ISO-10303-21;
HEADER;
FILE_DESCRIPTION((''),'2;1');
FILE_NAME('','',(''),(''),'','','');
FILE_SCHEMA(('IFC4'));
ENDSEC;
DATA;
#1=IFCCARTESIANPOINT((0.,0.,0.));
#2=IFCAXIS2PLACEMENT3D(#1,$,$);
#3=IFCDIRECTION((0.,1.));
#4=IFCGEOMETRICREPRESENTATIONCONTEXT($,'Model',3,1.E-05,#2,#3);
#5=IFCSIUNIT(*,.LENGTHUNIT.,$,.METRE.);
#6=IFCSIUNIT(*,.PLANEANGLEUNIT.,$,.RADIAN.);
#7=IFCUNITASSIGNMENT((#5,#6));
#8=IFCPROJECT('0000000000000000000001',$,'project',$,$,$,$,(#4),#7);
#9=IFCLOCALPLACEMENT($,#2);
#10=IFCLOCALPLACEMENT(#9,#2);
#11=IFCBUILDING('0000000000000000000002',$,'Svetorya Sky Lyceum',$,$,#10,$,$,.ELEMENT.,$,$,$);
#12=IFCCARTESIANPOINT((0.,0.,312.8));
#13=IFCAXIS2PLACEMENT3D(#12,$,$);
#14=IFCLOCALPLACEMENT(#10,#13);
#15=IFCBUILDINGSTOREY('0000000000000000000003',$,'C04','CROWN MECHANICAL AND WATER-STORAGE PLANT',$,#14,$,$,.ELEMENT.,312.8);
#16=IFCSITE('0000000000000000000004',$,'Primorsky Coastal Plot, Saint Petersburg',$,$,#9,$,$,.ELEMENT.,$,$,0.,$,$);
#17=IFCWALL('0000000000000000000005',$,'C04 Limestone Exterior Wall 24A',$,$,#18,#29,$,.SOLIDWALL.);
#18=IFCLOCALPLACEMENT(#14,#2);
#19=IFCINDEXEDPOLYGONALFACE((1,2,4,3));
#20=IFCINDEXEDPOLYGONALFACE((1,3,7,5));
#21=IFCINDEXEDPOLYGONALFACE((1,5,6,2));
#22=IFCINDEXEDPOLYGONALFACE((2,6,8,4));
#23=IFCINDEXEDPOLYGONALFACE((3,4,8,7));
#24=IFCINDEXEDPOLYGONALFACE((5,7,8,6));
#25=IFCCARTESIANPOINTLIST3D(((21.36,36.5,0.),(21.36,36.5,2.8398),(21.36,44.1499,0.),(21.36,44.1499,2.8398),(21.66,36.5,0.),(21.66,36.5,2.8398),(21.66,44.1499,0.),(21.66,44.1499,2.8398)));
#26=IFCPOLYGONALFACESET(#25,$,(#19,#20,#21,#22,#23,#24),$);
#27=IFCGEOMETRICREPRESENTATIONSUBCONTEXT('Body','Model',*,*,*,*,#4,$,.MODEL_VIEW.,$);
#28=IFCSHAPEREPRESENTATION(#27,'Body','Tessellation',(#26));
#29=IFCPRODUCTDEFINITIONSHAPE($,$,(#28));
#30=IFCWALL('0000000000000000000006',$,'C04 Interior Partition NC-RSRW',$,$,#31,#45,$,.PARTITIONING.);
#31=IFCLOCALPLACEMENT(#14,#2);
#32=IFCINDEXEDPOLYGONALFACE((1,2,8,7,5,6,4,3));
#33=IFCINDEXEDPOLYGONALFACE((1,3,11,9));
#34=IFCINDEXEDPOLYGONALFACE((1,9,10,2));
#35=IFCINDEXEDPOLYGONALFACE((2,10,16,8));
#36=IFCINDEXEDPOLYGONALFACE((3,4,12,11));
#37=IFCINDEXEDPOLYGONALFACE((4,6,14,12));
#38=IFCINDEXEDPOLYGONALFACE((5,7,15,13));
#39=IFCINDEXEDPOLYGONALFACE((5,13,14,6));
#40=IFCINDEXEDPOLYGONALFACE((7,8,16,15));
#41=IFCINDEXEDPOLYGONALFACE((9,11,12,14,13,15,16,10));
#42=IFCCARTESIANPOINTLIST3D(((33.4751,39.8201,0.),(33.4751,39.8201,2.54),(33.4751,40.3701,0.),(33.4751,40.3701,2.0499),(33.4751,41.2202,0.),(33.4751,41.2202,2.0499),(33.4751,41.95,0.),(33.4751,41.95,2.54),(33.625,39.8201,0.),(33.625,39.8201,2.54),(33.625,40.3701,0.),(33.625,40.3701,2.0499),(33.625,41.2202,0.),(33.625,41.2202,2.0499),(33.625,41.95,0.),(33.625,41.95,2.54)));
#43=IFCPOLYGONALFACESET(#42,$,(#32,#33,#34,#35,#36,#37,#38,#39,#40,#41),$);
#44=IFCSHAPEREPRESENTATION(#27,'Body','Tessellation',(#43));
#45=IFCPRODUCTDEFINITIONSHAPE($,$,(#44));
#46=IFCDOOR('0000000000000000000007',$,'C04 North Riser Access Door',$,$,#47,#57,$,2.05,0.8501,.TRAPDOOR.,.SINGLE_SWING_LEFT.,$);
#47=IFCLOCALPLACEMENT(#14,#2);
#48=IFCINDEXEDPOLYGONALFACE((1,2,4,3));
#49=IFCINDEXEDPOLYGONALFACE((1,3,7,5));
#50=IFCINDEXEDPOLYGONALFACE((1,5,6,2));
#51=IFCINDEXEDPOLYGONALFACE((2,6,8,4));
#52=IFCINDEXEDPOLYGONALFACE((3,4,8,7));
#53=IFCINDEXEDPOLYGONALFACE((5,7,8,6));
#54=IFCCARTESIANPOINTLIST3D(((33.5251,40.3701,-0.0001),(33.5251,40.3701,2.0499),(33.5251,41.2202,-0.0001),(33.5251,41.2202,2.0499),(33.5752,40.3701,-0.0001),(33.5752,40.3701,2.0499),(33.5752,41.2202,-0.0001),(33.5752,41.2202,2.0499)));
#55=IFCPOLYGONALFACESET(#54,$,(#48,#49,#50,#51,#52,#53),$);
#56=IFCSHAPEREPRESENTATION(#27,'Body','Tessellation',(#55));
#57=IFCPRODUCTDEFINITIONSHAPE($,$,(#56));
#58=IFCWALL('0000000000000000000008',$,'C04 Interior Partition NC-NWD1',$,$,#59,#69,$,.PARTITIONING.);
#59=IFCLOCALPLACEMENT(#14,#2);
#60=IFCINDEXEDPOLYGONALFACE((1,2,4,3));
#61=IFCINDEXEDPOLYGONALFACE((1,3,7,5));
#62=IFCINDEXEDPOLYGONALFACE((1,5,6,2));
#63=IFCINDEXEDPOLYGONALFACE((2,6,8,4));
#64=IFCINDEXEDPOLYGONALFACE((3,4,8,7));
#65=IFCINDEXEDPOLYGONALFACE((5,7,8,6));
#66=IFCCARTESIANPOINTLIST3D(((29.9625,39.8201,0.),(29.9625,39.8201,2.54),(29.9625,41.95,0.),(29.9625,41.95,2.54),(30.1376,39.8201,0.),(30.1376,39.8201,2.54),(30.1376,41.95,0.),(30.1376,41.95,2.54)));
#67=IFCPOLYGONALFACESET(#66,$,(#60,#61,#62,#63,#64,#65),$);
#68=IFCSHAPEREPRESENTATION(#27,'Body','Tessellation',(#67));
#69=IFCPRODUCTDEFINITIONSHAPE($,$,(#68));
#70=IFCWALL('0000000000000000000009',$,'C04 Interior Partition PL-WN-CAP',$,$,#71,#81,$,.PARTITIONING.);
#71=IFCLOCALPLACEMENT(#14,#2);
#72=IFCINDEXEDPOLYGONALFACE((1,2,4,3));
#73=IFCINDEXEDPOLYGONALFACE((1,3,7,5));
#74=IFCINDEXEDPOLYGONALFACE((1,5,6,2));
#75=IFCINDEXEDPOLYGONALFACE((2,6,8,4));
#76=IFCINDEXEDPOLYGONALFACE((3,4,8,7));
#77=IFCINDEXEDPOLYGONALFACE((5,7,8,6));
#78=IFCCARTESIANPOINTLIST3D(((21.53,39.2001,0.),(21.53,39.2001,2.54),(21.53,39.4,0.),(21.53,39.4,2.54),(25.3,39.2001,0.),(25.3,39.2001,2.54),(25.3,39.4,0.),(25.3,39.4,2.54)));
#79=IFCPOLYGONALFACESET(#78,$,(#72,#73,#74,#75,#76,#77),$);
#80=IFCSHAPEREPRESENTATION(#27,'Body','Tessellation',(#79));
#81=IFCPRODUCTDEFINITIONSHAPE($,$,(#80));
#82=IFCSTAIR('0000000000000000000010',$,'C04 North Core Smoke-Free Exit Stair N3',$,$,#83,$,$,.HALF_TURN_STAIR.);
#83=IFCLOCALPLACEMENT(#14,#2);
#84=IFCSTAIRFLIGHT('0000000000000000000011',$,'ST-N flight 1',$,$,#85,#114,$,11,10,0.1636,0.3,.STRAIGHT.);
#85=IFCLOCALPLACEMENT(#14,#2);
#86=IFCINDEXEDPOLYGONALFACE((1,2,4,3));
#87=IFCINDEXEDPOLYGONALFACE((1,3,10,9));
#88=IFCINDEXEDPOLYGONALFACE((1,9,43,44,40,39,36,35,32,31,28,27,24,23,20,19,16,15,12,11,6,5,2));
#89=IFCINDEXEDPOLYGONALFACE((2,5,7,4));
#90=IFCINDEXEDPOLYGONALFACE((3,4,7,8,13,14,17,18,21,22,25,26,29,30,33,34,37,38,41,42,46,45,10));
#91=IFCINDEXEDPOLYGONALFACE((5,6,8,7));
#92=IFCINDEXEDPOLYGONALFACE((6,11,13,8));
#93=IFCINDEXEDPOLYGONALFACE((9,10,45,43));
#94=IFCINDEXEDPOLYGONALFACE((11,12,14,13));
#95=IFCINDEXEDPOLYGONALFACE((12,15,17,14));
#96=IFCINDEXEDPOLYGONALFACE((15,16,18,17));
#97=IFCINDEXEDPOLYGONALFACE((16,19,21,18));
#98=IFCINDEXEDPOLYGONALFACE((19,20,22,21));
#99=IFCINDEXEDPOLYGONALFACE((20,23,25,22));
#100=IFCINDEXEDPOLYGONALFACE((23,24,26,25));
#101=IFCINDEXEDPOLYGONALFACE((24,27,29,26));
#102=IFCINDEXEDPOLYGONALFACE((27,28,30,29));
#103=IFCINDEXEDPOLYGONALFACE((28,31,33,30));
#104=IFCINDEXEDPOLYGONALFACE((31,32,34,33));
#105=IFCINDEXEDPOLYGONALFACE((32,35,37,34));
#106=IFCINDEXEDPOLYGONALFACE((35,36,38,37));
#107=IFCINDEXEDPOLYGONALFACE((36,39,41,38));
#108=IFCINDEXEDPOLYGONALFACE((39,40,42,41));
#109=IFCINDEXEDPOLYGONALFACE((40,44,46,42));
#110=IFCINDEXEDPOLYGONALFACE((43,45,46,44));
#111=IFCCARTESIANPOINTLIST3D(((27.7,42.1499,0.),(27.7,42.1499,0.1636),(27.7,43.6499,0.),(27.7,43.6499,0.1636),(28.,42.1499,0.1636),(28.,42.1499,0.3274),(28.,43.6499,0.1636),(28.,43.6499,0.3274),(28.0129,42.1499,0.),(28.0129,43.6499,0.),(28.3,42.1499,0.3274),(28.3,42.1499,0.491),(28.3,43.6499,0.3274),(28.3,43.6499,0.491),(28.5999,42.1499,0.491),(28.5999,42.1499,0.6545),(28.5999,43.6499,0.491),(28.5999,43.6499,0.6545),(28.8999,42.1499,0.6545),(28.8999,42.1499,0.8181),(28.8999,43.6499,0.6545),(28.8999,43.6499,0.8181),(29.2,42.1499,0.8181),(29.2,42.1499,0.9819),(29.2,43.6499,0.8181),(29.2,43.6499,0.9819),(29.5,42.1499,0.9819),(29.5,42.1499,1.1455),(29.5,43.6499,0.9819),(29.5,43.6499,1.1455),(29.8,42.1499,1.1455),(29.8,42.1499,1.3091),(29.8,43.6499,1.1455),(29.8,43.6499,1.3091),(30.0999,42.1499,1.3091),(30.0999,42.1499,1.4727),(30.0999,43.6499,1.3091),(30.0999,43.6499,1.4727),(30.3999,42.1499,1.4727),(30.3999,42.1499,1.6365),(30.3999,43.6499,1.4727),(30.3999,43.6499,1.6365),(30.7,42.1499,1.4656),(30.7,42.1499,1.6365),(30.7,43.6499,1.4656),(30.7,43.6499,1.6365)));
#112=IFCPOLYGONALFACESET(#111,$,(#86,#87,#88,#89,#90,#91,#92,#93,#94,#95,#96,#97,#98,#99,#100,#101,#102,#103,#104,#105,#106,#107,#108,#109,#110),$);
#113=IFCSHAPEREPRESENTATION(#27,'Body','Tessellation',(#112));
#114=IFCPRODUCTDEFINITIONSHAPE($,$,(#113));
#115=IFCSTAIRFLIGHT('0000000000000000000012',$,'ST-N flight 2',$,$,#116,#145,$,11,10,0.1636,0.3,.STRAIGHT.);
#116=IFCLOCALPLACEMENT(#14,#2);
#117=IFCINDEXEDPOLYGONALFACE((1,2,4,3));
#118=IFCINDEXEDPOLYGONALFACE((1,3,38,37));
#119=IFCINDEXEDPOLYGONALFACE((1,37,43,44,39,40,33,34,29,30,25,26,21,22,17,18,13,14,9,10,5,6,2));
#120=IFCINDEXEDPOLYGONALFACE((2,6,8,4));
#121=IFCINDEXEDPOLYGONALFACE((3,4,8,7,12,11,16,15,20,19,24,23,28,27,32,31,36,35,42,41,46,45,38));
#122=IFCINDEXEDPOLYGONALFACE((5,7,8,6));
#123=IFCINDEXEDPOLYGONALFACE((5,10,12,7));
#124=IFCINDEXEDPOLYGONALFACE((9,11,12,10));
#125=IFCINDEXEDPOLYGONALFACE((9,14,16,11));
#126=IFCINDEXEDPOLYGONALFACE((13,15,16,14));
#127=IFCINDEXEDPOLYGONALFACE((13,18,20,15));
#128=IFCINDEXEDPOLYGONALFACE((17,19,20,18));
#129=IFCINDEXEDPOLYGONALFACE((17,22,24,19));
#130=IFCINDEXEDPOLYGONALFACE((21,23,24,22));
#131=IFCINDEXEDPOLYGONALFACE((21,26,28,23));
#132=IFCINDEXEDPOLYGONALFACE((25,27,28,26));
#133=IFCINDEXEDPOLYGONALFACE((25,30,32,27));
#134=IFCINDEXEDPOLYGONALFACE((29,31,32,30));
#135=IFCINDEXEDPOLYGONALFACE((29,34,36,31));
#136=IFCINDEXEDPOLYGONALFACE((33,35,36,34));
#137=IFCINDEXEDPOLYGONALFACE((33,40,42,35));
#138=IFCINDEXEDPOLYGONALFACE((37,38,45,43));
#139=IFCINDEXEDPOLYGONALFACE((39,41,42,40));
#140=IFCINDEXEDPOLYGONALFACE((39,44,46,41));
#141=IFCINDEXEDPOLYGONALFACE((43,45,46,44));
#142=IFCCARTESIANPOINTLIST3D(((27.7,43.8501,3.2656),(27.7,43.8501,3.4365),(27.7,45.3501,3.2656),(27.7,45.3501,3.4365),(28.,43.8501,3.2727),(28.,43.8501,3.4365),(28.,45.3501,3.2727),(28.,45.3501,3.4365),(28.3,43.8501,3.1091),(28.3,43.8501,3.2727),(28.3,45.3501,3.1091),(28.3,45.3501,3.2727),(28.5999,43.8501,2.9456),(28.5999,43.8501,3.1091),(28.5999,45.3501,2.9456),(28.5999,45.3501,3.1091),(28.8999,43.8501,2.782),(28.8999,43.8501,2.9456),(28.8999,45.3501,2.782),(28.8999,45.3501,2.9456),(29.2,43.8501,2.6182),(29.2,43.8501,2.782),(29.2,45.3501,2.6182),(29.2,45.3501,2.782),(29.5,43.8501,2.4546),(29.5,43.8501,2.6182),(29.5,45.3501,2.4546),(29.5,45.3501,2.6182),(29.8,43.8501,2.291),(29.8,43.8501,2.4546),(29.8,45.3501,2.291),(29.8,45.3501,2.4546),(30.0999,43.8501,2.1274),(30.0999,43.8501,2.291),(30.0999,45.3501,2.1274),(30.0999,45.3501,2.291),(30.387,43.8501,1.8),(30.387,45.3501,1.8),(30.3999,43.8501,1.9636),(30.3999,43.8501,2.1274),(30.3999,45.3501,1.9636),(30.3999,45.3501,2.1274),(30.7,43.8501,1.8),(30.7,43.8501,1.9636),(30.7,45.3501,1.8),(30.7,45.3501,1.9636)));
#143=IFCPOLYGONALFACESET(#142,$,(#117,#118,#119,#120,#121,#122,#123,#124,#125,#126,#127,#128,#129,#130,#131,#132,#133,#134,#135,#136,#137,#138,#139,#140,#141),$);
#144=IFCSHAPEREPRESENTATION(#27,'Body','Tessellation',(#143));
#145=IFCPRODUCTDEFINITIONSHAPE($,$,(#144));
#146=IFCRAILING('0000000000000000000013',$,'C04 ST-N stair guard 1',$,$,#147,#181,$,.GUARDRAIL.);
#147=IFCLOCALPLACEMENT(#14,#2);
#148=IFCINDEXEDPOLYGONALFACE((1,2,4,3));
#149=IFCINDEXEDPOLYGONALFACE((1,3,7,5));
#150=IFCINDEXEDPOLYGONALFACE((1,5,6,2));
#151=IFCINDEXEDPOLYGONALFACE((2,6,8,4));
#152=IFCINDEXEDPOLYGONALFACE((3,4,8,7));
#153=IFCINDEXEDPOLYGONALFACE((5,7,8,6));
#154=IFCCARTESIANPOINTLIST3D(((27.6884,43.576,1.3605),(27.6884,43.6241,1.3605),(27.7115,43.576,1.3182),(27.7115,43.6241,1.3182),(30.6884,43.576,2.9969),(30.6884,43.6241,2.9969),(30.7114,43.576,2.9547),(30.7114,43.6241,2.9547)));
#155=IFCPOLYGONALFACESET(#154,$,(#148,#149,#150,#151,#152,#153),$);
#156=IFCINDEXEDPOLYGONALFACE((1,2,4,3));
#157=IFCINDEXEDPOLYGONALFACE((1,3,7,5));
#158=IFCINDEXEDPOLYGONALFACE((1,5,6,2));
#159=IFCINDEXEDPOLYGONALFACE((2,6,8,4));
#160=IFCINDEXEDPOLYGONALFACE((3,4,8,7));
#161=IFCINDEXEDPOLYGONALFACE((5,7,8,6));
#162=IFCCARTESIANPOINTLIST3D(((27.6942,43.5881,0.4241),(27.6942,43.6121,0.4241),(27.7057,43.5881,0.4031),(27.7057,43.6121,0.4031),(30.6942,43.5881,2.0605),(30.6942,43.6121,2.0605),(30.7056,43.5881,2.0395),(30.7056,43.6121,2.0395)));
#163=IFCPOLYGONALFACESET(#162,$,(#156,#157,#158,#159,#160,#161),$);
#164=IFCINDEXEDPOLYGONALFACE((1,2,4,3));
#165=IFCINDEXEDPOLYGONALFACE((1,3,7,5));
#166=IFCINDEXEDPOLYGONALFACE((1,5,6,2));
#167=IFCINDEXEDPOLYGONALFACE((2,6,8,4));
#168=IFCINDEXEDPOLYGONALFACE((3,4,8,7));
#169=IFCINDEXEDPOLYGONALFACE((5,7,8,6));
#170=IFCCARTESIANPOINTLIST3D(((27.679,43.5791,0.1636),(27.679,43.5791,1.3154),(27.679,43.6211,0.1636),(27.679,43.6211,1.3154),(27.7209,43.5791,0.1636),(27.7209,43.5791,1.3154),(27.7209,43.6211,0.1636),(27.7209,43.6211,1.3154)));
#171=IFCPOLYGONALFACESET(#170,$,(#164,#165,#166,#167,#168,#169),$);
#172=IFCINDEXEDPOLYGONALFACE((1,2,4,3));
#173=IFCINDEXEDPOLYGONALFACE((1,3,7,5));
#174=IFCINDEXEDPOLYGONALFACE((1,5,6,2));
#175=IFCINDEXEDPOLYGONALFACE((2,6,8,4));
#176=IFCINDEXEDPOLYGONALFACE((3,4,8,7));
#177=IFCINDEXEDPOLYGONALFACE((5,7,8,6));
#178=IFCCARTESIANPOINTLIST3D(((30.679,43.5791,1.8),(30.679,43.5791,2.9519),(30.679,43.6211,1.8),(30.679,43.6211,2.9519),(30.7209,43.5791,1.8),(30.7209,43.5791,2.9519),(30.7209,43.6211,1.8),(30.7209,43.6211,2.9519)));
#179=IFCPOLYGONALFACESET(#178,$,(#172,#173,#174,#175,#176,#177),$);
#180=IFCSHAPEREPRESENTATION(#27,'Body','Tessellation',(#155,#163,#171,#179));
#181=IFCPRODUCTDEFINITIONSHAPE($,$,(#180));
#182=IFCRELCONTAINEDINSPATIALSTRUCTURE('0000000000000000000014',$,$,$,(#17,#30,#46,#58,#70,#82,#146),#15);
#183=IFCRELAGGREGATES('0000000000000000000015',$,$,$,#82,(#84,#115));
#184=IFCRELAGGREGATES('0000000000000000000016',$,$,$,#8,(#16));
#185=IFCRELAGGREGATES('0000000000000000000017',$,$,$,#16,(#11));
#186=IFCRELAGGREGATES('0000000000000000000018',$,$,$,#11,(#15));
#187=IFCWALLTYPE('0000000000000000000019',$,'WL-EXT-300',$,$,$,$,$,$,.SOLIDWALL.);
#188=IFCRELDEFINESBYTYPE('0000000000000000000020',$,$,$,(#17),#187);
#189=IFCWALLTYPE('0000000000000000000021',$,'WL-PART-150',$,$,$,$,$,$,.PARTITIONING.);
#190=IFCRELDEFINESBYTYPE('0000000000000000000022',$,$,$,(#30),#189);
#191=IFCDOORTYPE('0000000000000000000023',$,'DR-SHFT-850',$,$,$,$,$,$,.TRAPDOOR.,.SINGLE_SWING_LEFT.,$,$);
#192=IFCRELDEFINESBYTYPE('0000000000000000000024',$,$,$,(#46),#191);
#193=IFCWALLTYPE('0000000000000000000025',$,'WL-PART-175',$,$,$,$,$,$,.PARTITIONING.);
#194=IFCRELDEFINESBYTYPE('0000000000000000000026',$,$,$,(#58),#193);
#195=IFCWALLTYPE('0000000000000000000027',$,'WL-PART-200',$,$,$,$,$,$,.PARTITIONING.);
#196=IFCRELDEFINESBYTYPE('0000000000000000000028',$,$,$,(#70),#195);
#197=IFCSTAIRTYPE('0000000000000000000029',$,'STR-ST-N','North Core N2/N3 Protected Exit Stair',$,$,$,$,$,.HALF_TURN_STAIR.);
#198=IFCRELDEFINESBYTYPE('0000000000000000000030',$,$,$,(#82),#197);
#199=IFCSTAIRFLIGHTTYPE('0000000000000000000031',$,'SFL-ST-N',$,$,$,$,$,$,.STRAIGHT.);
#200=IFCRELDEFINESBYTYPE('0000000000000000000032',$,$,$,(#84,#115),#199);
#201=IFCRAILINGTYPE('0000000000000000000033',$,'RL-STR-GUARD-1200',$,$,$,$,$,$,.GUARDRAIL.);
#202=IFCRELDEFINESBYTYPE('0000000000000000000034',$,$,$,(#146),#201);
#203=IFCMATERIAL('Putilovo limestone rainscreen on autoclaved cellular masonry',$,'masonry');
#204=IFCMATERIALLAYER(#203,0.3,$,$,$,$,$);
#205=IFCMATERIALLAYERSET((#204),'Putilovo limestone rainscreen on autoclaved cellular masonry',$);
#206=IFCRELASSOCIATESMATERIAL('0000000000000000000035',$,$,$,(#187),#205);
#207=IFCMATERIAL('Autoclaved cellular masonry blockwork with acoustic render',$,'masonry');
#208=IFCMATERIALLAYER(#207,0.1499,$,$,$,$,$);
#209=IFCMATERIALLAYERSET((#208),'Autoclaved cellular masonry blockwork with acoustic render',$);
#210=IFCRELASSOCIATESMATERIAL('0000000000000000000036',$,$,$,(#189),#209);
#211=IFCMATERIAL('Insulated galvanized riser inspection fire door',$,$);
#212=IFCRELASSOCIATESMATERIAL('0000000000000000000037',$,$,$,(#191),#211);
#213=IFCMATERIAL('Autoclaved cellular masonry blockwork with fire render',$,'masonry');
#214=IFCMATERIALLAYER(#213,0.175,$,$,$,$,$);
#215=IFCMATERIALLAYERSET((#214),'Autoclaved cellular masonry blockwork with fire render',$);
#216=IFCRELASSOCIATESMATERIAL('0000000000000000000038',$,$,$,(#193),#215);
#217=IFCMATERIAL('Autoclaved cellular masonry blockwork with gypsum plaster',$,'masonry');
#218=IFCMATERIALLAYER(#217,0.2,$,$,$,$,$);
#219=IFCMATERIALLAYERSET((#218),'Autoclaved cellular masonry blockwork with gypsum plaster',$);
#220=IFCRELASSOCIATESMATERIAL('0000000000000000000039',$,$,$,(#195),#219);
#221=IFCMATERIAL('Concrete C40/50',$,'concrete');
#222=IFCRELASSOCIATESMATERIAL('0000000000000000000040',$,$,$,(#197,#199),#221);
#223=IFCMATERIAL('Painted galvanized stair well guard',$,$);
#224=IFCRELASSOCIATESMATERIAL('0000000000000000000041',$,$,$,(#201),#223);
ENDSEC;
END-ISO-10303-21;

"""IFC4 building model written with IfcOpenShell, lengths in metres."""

from ifc_helpers import new_model, si_unit, direction, frame, frame_2d, origin, origin_2d, place, context, subcontext, project, spatial, polyline, rectangle, outline, extrude, material, layer, layer_set, type_object, element, fill, aggregate, save


model = new_model("IFC4")

# Units and contexts
model_context = context("Model", 3, precision=1e-05, world=origin(), true_north=direction((0.0, 1.0)))
body_context = subcontext(model_context, "Body", "Model", "MODEL_VIEW")
ifc_project = project(units=[si_unit("LENGTHUNIT", "METRE"), si_unit("PLANEANGLEUNIT", "RADIAN")], contexts=[model_context])

# Site, building, storey
site_placement = place(None, origin())
site = spatial("IfcSite", under=ifc_project, at=site_placement, Name="Primorsky Coastal Plot, Saint Petersburg", CompositionType="ELEMENT", RefElevation=0.0)
building_placement = place(site_placement, origin())
building = spatial("IfcBuilding", under=site, at=building_placement, Name="Svetorya Sky Lyceum", CompositionType="ELEMENT")
storey_placement = place(building_placement, frame((0.0, 0.0, 312.8)))
storey = spatial("IfcBuildingStorey", under=building, at=storey_placement, Name="C04", Description="CROWN MECHANICAL AND WATER-STORAGE PLANT", CompositionType="ELEMENT", Elevation=312.8)

# Shared definitions
ifc_material_1 = material(Name="Concrete C40/50", Category="concrete")

# Wall
ifc_material_2 = material(Name="Putilovo limestone rainscreen on autoclaved cellular masonry", Category="masonry")
ifc_layer_1 = layer(ifc_material_2, 0.3)
ifc_layer_set_1 = layer_set([ifc_layer_1], Name="Putilovo limestone rainscreen on autoclaved cellular masonry")
wall_type_1 = type_object("IfcWallType", Name="WL-EXT-300", PredefinedType="SOLIDWALL", material=ifc_layer_set_1)
wall_1_placement = place(storey_placement, frame((21.51, 44.1499, 0.0), z_axis=(0.0, 0.0, 1.0), x_axis=(0.0, -1.0, 0.0)))
element("IfcWall", 1, at=wall_1_placement, inside=storey, type_object=wall_type_1, Name="C04 Limestone Exterior Wall 24A", PredefinedType="SOLIDWALL", context=body_context, shape_type="SweptSolid", body=[
    extrude(rectangle(XDim=7.6499, YDim=0.3, at=frame_2d((3.825, 0.0))), origin(), (0.0, 0.0, 1.0), 2.8398),
])

# Wall, opening, door
ifc_material_3 = material(Name="Autoclaved cellular masonry blockwork with acoustic render", Category="masonry")
ifc_layer_2 = layer(ifc_material_3, 0.1499)
ifc_layer_set_2 = layer_set([ifc_layer_2], Name="Autoclaved cellular masonry blockwork with acoustic render")
wall_type_2 = type_object("IfcWallType", Name="WL-PART-150", PredefinedType="PARTITIONING", material=ifc_layer_set_2)
wall_2_placement = place(storey_placement, frame((33.55, 39.8201, 0.0), z_axis=(0.0, 0.0, 1.0), x_axis=(0.0, 1.0, 0.0)))
wall_2 = element("IfcWall", 2, at=wall_2_placement, inside=storey, type_object=wall_type_2, Name="C04 Interior Partition NC-RSRW", PredefinedType="PARTITIONING", context=body_context, shape_type="SweptSolid", body=[
    extrude(rectangle(XDim=2.1299, YDim=0.1499, at=frame_2d((1.0649, 0.0))), origin(), (0.0, 0.0, 1.0), 2.54),
])
opening_placement = place(wall_2_placement, frame((0.55, 0.0, 0.0)))
opening = element("IfcOpeningElement", 3, at=opening_placement, cuts=wall_2, PredefinedType="OPENING", context=body_context, shape_type="SweptSolid", body=[
    extrude(rectangle(XDim=0.8501, YDim=2.05, at=frame_2d((0.425, 1.0249))), frame((0.0, 0.085, 0.0), z_axis=(0.0, -1.0, 0.0), x_axis=(1.0, 0.0, 0.0)), (0.0, 0.0, 1.0), 0.1699),
])
ifc_material_4 = material(Name="Insulated galvanized riser inspection fire door")
door_type = type_object("IfcDoorType", Name="DR-SHFT-850", OperationType="SINGLE_SWING_LEFT", PredefinedType="TRAPDOOR", material=ifc_material_4)
door_placement = place(opening_placement, origin())
door = element("IfcDoor", 4, at=door_placement, inside=storey, type_object=door_type, Name="C04 North Riser Access Door", OperationType="SINGLE_SWING_LEFT", OverallHeight=2.05, OverallWidth=0.8501, PredefinedType="TRAPDOOR", context=body_context, shape_type="SweptSolid", body=[
    extrude(rectangle(XDim=0.8501, YDim=2.05, at=frame_2d((0.425, 1.0249))), frame((0.0, 0.0249, 0.0), z_axis=(0.0, -1.0, 0.0), x_axis=(1.0, 0.0, 0.0)), (0.0, 0.0, 1.0), 0.05),
])
fill(opening, door)

# Walls
ifc_material_5 = material(Name="Autoclaved cellular masonry blockwork with fire render", Category="masonry")
ifc_layer_3 = layer(ifc_material_5, 0.175)
ifc_layer_set_3 = layer_set([ifc_layer_3], Name="Autoclaved cellular masonry blockwork with fire render")
wall_type_3 = type_object("IfcWallType", Name="WL-PART-175", PredefinedType="PARTITIONING", material=ifc_layer_set_3)
wall_3_placement = place(storey_placement, frame((30.05, 39.8201, 0.0), z_axis=(0.0, 0.0, 1.0), x_axis=(0.0, 1.0, 0.0)))
element("IfcWall", 5, at=wall_3_placement, inside=storey, type_object=wall_type_3, Name="C04 Interior Partition NC-NWD1", PredefinedType="PARTITIONING", context=body_context, shape_type="SweptSolid", body=[
    extrude(rectangle(XDim=2.1299, YDim=0.175, at=frame_2d((1.0649, 0.0))), origin(), (0.0, 0.0, 1.0), 2.54),
])
ifc_material_6 = material(Name="Autoclaved cellular masonry blockwork with gypsum plaster", Category="masonry")
ifc_layer_4 = layer(ifc_material_6, 0.2)
ifc_layer_set_4 = layer_set([ifc_layer_4], Name="Autoclaved cellular masonry blockwork with gypsum plaster")
wall_type_4 = type_object("IfcWallType", Name="WL-PART-200", PredefinedType="PARTITIONING", material=ifc_layer_set_4)
wall_4_placement = place(storey_placement, frame((21.53, 39.3, 0.0), z_axis=(0.0, 0.0, 1.0), x_axis=(1.0, 0.0, 0.0)))
element("IfcWall", 6, at=wall_4_placement, inside=storey, type_object=wall_type_4, Name="C04 Interior Partition PL-WN-CAP", PredefinedType="PARTITIONING", context=body_context, shape_type="SweptSolid", body=[
    extrude(rectangle(XDim=3.77, YDim=0.2, at=frame_2d((1.885, 0.0))), origin(), (0.0, 0.0, 1.0), 2.54),
])

# Stair, stair flights
stair_type = type_object("IfcStairType", Name="STR-ST-N", Description="North Core N2/N3 Protected Exit Stair", PredefinedType="HALF_TURN_STAIR", material=ifc_material_1)
stair_placement = place(storey_placement, origin())
stair = element("IfcStair", 7, at=stair_placement, inside=storey, type_object=stair_type, Name="C04 North Core Smoke-Free Exit Stair N3", PredefinedType="HALF_TURN_STAIR")
stair_flight_type = type_object("IfcStairFlightType", Name="SFL-ST-N", PredefinedType="STRAIGHT", material=ifc_material_1)
stair_flight_1_placement = place(storey_placement, frame((27.7, 42.8999, 0.0), z_axis=(0.0, 0.0, 1.0), x_axis=(1.0, 0.0, 0.0)))
stair_flight_1 = element("IfcStairFlight", 8, at=stair_flight_1_placement, type_object=stair_flight_type, Name="ST-N flight 1", NumberOfRisers=11, NumberOfTreads=10, PredefinedType="STRAIGHT", RiserHeight=0.1636, TreadLength=0.3, context=body_context, shape_type="SweptSolid", body=[
    extrude(outline(polyline([(0.0, 0.0), (0.0, 0.1636), (0.3, 0.1636), (0.3, 0.3274), (0.6001, 0.3274), (0.6001, 0.491), (0.8999, 0.491), (0.8999, 0.6545), (1.2, 0.6545), (1.2, 0.8181), (1.5, 0.8181), (1.5, 0.9819), (1.8, 0.9819), (1.8, 1.1455), (2.1001, 1.1455), (2.1001, 1.3091), (2.3999, 1.3091), (2.3999, 1.4727), (2.7, 1.4727), (2.7, 1.6365), (3.0, 1.6365), (3.0, 1.8), (3.0, 1.4656), (0.313, 0.0), (0.0, 0.0)])), frame((0.0, 0.75, 0.0), z_axis=(0.0, -1.0, 0.0), x_axis=(1.0, 0.0, 0.0)), (0.0, 0.0, 1.0), 1.5),
])
stair_flight_2_placement = place(storey_placement, frame((30.7, 44.6001, 1.8), z_axis=(0.0, 0.0, 1.0), x_axis=(-1.0, 0.0, 0.0)))
stair_flight_2 = element("IfcStairFlight", 9, at=stair_flight_2_placement, type_object=stair_flight_type, Name="ST-N flight 2", NumberOfRisers=11, NumberOfTreads=10, PredefinedType="STRAIGHT", RiserHeight=0.1636, TreadLength=0.3, context=body_context, shape_type="SweptSolid", body=[
    extrude(outline(polyline([(0.0, 0.0), (0.0, 0.1636), (0.3, 0.1636), (0.3, 0.3274), (0.6001, 0.3274), (0.6001, 0.491), (0.8999, 0.491), (0.8999, 0.6545), (1.2, 0.6545), (1.2, 0.8181), (1.5, 0.8181), (1.5, 0.9819), (1.8, 0.9819), (1.8, 1.1455), (2.1001, 1.1455), (2.1001, 1.3091), (2.3999, 1.3091), (2.3999, 1.4727), (2.7, 1.4727), (2.7, 1.6365), (3.0, 1.6365), (3.0, 1.8), (3.0, 1.4656), (0.313, 0.0), (0.0, 0.0)])), frame((0.0, 0.75, 0.0), z_axis=(0.0, -1.0, 0.0), x_axis=(1.0, 0.0, 0.0)), (0.0, 0.0, 1.0), 1.5),
])
aggregate(stair, [stair_flight_1, stair_flight_2])

# Railing
ifc_material_7 = material(Name="Painted galvanized stair well guard")
railing_type_1 = type_object("IfcRailingType", Name="RL-STR-GUARD-1200", PredefinedType="GUARDRAIL", material=ifc_material_7)
railing_1_placement = place(storey_placement, frame((27.7, 43.6001, 0.1636)))
element("IfcRailing", 10, at=railing_1_placement, inside=storey, type_object=railing_type_1, Name="C04 ST-N stair guard 1", PredefinedType="GUARDRAIL", context=body_context, shape_type="SweptSolid", body=[
    extrude(rectangle(XDim=0.0481, YDim=0.0481, at=origin_2d()), frame((0.0, 0.0, 1.1758), z_axis=(0.877882, 0.0, 0.478877), x_axis=(0.0, 1.0, 0.0)), (0.0, 0.0, 1.0), 3.4172),
    extrude(rectangle(XDim=0.0239, YDim=0.0239, at=origin_2d()), frame((0.0, 0.0, 0.25), z_axis=(0.877882, 0.0, 0.478877), x_axis=(0.0, 1.0, 0.0)), (0.0, 0.0, 1.0), 3.4172),
    extrude(rectangle(XDim=0.042, YDim=0.042, at=origin_2d()), origin(), (0.0, 0.0, 1.0), 1.1519),
    extrude(rectangle(XDim=0.042, YDim=0.042, at=origin_2d()), frame((3.0, 0.0, 1.6365)), (0.0, 0.0, 1.0), 1.1519),
])

save(model, "model.ifc")
